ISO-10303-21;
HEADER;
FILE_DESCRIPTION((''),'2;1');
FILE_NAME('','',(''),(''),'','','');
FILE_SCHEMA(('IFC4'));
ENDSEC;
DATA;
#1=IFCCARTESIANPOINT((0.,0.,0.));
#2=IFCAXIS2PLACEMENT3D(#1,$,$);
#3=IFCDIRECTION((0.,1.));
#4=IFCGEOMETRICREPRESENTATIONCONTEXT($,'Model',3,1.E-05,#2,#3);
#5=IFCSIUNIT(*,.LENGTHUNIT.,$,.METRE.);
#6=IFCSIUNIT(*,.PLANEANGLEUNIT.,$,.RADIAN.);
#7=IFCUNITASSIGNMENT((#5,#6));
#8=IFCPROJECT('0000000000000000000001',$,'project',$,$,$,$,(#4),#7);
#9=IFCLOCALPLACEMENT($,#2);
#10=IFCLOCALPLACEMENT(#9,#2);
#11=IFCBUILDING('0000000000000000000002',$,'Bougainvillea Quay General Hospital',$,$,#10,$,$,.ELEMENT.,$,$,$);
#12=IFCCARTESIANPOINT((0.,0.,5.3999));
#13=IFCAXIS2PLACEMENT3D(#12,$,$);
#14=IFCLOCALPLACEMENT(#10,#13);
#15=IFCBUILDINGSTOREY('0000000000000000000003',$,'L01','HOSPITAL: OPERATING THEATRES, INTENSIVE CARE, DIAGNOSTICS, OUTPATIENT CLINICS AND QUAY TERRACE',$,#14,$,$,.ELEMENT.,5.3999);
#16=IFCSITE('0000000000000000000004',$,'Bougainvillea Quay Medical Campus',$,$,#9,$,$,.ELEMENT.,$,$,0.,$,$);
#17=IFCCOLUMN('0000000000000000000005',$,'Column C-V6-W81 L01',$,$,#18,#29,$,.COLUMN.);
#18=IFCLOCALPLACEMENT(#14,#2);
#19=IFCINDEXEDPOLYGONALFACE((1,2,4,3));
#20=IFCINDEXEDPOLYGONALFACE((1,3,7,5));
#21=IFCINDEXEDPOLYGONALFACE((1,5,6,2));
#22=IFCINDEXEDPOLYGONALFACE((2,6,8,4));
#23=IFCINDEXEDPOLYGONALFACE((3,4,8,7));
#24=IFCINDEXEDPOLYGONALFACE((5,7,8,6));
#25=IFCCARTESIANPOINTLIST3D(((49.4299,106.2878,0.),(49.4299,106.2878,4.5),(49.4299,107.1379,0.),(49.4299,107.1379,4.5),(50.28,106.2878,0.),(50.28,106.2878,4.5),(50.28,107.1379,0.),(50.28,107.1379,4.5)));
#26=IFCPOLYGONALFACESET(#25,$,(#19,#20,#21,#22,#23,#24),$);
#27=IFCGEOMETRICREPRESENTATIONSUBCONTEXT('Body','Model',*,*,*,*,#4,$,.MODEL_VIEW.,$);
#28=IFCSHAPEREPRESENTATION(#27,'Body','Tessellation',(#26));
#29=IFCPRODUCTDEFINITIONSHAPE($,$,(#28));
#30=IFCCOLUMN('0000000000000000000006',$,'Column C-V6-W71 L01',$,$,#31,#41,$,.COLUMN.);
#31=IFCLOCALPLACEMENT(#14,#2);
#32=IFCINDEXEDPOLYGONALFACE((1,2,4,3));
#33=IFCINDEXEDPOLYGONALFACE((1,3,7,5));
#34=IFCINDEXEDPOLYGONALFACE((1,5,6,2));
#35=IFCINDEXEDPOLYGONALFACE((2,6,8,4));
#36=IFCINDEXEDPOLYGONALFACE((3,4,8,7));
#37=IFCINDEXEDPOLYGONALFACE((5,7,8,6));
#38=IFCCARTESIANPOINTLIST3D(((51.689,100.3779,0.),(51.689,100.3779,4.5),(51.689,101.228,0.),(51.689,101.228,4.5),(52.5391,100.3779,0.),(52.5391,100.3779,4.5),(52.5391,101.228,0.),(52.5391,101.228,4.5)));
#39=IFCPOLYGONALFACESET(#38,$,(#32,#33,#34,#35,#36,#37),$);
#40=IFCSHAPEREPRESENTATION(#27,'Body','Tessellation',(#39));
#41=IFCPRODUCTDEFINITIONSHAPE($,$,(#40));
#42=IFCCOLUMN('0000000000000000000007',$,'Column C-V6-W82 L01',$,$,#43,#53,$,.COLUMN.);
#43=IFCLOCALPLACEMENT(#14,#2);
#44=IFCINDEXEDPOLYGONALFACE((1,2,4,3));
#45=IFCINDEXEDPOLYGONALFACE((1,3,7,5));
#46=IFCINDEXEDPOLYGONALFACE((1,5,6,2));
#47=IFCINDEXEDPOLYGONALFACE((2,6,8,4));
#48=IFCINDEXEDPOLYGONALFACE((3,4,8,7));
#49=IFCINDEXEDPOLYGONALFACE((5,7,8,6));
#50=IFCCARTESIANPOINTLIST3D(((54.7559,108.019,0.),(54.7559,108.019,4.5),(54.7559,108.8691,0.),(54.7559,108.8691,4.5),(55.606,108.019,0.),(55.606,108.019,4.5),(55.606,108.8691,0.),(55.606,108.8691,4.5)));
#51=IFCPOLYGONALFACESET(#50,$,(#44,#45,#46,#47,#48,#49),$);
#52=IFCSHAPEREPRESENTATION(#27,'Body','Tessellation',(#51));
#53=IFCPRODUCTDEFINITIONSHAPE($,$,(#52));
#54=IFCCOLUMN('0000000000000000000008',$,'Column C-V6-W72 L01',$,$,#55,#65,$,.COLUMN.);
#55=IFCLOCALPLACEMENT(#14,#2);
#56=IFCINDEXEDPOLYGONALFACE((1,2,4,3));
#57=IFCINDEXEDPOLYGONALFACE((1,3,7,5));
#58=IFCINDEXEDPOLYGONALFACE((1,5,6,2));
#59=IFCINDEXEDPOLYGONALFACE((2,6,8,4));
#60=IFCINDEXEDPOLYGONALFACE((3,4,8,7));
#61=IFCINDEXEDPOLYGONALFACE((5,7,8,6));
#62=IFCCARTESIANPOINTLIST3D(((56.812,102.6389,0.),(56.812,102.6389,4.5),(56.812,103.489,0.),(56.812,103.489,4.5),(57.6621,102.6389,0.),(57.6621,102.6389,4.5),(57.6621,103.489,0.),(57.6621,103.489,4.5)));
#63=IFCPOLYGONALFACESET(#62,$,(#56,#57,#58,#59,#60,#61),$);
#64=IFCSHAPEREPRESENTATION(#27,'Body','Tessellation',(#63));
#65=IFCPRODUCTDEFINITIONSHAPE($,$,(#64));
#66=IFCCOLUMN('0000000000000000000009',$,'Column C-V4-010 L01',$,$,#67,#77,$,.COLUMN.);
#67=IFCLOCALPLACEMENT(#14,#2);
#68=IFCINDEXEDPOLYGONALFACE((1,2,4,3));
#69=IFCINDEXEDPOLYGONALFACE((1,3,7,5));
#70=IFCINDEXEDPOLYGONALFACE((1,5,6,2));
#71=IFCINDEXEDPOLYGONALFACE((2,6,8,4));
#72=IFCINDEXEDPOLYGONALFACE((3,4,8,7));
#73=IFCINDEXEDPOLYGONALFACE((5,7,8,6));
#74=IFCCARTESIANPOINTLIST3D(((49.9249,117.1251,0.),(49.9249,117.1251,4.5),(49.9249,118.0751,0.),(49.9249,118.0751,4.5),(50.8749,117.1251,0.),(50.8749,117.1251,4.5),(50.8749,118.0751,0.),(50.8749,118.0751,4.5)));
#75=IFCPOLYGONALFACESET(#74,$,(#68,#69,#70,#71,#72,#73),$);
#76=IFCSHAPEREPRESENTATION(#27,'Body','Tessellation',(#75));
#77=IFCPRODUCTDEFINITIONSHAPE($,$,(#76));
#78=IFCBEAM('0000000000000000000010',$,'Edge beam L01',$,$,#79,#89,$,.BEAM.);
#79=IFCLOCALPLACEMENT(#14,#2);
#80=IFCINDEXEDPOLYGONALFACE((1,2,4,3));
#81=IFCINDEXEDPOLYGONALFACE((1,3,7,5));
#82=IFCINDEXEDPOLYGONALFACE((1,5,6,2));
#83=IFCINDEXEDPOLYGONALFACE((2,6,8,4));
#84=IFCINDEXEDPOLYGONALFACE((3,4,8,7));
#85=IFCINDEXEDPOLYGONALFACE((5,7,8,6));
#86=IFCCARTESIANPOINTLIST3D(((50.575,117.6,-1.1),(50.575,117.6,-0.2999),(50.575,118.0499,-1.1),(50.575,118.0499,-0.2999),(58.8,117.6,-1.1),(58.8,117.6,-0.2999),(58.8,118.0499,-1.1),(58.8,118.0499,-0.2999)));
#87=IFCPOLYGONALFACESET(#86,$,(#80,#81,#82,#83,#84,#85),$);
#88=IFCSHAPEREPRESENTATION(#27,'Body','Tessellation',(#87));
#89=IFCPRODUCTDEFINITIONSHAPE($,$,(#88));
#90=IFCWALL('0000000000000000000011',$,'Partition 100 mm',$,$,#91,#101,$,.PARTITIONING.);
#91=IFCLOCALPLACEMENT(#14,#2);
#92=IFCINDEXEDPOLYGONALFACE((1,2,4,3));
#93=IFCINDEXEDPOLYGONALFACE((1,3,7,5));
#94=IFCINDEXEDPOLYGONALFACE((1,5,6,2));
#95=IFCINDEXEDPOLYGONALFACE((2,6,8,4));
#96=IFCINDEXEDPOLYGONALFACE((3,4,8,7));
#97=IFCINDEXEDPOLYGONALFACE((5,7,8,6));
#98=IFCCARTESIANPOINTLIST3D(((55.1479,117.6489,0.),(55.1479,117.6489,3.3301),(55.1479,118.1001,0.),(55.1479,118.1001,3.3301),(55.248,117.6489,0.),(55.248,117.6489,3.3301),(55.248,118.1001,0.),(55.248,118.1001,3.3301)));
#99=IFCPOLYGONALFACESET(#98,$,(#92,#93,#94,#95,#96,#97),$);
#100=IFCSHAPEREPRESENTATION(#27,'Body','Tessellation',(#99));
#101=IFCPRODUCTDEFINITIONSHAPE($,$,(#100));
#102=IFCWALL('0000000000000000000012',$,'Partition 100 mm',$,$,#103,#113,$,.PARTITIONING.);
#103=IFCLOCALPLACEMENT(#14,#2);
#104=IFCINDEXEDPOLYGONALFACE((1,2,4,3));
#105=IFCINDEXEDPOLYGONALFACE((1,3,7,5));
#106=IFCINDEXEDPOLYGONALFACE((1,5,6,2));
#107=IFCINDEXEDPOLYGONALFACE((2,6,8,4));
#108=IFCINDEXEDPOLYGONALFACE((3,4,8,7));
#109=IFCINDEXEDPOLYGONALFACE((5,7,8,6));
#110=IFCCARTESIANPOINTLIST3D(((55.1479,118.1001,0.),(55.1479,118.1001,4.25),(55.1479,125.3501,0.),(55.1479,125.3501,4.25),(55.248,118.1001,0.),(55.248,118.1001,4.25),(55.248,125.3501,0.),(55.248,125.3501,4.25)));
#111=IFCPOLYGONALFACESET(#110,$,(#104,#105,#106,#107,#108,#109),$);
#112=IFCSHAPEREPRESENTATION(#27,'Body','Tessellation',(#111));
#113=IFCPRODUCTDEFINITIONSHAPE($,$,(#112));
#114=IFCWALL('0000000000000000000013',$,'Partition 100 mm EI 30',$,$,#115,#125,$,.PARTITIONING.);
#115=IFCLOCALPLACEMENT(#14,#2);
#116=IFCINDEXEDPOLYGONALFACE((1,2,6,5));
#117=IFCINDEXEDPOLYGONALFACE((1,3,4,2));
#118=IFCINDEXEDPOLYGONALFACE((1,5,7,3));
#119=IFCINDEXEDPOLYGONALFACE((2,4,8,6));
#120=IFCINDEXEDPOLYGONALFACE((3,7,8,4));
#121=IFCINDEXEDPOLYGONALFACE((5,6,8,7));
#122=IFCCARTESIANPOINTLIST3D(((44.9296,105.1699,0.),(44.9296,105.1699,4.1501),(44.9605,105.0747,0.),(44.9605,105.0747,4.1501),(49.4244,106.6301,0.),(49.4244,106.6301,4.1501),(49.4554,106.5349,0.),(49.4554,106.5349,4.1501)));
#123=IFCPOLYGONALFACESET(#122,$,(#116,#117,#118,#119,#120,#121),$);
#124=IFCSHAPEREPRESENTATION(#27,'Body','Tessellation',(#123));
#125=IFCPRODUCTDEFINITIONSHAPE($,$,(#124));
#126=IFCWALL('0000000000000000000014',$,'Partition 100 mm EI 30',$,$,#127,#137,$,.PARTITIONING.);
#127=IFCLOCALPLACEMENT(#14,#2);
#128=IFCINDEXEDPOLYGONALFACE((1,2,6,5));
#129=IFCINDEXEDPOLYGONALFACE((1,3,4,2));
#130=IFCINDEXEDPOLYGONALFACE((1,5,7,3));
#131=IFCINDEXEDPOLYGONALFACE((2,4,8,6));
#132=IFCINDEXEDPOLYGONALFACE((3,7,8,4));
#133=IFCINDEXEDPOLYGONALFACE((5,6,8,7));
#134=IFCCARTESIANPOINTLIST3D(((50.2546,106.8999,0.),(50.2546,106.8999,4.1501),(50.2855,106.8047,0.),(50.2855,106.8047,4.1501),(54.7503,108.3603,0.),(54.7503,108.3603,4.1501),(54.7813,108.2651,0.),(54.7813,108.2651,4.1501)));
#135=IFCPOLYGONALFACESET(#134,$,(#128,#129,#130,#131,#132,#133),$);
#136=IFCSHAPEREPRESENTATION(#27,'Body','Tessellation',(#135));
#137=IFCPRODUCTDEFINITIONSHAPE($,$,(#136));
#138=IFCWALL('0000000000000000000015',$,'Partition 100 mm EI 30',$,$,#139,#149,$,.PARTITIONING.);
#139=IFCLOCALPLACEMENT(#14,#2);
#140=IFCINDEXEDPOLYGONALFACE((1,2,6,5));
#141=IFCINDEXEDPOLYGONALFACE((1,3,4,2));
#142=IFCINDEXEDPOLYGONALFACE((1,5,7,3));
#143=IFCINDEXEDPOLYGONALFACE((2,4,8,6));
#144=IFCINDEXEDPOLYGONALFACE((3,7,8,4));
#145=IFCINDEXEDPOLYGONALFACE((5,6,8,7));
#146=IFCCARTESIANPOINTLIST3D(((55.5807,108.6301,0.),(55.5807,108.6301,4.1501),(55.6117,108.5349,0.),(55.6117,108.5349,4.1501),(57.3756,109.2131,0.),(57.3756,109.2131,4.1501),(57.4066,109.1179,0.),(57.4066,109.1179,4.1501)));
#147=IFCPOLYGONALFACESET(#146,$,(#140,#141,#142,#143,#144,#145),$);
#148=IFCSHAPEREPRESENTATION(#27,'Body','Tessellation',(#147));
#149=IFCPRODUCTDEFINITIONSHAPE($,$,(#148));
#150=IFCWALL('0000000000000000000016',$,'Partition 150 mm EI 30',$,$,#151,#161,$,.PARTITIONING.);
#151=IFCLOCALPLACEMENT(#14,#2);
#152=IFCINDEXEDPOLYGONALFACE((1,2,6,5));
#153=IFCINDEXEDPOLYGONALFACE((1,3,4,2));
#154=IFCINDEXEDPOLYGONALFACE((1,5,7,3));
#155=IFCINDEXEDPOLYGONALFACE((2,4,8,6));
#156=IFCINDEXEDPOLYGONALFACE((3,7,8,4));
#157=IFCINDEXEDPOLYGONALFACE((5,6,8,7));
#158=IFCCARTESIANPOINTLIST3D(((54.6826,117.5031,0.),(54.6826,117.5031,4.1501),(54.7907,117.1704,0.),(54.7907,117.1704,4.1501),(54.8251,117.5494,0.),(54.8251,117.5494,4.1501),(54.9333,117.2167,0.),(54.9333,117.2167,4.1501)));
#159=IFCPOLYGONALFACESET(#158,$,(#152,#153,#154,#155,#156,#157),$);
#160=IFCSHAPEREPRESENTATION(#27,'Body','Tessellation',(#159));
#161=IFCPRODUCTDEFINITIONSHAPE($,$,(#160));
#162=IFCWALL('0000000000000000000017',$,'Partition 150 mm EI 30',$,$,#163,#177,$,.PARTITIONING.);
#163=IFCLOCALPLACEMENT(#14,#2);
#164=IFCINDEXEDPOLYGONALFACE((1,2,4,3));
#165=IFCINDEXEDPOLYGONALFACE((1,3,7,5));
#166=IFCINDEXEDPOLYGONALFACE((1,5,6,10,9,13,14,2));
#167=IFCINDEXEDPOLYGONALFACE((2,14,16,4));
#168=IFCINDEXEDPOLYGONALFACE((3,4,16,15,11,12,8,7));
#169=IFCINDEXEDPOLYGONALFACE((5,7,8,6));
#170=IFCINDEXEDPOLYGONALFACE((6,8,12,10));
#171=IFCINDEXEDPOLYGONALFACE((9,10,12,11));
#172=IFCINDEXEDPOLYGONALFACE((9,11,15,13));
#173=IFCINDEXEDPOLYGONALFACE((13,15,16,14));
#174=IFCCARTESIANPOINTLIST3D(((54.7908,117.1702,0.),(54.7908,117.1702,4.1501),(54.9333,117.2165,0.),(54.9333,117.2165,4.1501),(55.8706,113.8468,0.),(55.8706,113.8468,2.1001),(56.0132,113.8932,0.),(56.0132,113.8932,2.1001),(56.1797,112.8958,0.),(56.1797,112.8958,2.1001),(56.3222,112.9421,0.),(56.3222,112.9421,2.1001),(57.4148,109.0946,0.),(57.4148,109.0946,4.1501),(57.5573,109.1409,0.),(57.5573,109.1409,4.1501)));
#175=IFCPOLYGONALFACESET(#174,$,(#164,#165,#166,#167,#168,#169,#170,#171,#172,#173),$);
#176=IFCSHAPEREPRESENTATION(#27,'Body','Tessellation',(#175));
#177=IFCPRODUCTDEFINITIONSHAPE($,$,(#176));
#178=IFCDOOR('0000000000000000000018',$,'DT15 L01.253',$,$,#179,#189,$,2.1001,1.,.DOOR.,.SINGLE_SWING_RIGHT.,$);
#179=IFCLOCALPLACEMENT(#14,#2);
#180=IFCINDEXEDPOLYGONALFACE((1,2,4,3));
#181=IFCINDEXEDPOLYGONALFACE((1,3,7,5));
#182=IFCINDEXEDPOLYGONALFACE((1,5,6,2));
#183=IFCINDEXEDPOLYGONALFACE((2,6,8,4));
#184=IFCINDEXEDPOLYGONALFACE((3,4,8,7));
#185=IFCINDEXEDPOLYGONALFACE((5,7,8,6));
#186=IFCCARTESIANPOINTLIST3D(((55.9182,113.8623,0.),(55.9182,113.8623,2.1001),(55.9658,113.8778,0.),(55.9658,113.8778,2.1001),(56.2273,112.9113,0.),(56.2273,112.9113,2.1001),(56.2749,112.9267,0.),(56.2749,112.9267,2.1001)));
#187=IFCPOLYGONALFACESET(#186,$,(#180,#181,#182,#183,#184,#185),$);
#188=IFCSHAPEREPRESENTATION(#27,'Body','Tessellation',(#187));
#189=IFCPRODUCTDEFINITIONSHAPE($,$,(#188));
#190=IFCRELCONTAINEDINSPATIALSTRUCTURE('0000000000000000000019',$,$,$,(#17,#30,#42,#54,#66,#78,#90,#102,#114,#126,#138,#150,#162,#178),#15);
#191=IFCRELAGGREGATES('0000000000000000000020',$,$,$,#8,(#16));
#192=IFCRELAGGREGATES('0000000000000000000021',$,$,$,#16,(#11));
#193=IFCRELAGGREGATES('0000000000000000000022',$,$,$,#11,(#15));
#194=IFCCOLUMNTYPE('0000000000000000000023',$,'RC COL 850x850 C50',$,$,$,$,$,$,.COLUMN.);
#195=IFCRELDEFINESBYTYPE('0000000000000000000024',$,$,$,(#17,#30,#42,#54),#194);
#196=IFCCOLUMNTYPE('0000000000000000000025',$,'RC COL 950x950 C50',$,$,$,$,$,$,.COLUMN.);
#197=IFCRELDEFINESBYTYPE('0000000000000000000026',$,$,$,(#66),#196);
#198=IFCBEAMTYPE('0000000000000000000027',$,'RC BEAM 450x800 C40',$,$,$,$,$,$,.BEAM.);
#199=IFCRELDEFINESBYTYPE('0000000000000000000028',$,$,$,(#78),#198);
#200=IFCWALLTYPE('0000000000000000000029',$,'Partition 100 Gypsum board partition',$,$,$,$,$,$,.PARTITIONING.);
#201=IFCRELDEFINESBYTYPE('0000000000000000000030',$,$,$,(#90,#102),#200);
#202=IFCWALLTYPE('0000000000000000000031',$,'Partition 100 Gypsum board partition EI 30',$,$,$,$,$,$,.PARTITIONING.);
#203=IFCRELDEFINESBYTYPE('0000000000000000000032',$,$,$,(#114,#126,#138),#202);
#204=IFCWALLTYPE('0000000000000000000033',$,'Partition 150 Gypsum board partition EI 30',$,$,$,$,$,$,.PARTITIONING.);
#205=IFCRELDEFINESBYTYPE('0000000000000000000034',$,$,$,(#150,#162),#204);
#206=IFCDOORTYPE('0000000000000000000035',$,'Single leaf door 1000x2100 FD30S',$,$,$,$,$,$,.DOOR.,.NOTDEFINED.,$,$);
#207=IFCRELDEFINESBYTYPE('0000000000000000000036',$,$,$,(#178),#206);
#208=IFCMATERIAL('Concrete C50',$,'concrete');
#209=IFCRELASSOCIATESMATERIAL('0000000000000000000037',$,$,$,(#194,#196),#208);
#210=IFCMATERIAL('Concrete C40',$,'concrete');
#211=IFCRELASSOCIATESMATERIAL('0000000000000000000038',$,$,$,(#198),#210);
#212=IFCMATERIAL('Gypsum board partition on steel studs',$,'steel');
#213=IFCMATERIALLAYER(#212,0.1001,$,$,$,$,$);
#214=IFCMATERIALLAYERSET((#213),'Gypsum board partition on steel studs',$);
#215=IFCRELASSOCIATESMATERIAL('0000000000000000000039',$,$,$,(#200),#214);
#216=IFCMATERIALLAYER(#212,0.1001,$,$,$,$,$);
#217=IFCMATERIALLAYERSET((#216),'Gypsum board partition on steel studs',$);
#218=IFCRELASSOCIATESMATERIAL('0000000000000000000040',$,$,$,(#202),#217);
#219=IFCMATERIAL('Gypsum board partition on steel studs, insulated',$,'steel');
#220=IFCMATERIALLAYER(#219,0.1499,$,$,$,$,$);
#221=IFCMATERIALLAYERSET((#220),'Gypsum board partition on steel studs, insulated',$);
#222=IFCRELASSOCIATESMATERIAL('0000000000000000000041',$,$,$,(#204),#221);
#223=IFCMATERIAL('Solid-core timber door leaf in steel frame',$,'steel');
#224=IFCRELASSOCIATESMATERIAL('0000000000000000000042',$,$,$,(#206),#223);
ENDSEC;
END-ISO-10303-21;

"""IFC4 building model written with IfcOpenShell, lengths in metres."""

from ifc_helpers import new_model, si_unit, direction, frame, frame_2d, origin, origin_2d, place, context, subcontext, project, spatial, rectangle, extrude, material, layer, layer_set, material_profile, profile_set, type_object, element, fill, save


model = new_model("IFC4")

# Units and contexts
model_context = context("Model", 3, precision=1e-05, world=origin(), true_north=direction((0.0, 1.0)))
body_context = subcontext(model_context, "Body", "Model", "MODEL_VIEW")
ifc_project = project(units=[si_unit("LENGTHUNIT", "METRE"), si_unit("PLANEANGLEUNIT", "RADIAN")], contexts=[model_context])

# Site, building, storey
site_placement = place(None, origin())
site = spatial("IfcSite", under=ifc_project, at=site_placement, Name="Bougainvillea Quay Medical Campus", CompositionType="ELEMENT", RefElevation=0.0)
building_placement = place(site_placement, origin())
building = spatial("IfcBuilding", under=site, at=building_placement, Name="Bougainvillea Quay General Hospital", CompositionType="ELEMENT")
storey_placement = place(building_placement, frame((0.0, 0.0, 5.3999)))
storey = spatial("IfcBuildingStorey", under=building, at=storey_placement, Name="L01", Description="HOSPITAL: OPERATING THEATRES, INTENSIVE CARE, DIAGNOSTICS, OUTPATIENT CLINICS AND QUAY TERRACE", CompositionType="ELEMENT", Elevation=5.3999)

# Columns
ifc_material_1 = material(Name="Concrete C50", Category="concrete")
ifc_material_profile_1 = material_profile(ifc_material_1, rectangle(XDim=0.8501, YDim=0.8501, at=origin_2d()))
ifc_profile_set_1 = profile_set([ifc_material_profile_1], Name="Concrete C50")
column_type_1 = type_object("IfcColumnType", Name="RC COL 850x850 C50", PredefinedType="COLUMN", material=ifc_profile_set_1)
for number, where, z_axis, x_axis, name in (
    (1, (49.855, 106.7129, 0.0), (0.0, 0.0, 1.0), (1.0, 0.0, 0.0), "Column C-V6-W81 L01"),
    (2, (52.114, 100.803, 0.0), (0.0, 0.0, 1.0), (1.0, 0.0, 0.0), "Column C-V6-W71 L01"),
    (3, (55.1809, 108.4441, 0.0), (0.0, 0.0, 1.0), (1.0, 0.0, 0.0), "Column C-V6-W82 L01"),
    (4, (57.2371, 103.064, 0.0), (0.0, 0.0, 1.0), (1.0, 0.0, 0.0), "Column C-V6-W72 L01"),
):
    element("IfcColumn", number, at=place(storey_placement, frame(where, z_axis=z_axis, x_axis=x_axis)), inside=storey, type_object=column_type_1, Name=name, PredefinedType="COLUMN", context=body_context, shape_type="SweptSolid", body=[
        extrude(rectangle(XDim=0.8501, YDim=0.8501, at=origin_2d()), origin(), (0.0, 0.0, 1.0), 4.5),
    ])
ifc_material_profile_2 = material_profile(ifc_material_1, rectangle(XDim=0.95, YDim=0.95, at=origin_2d()))
ifc_profile_set_2 = profile_set([ifc_material_profile_2], Name="Concrete C50")
column_type_2 = type_object("IfcColumnType", Name="RC COL 950x950 C50", PredefinedType="COLUMN", material=ifc_profile_set_2)
column_placement = place(storey_placement, frame((50.3999, 117.6001, 0.0), z_axis=(0.0, 0.0, 1.0), x_axis=(1.0, 0.0, 0.0)))
element("IfcColumn", 5, at=column_placement, inside=storey, type_object=column_type_2, Name="Column C-V4-010 L01", PredefinedType="COLUMN", context=body_context, shape_type="SweptSolid", body=[
    extrude(rectangle(XDim=0.95, YDim=0.95, at=origin_2d()), origin(), (0.0, 0.0, 1.0), 4.5),
])

# Beam
ifc_material_2 = material(Name="Concrete C40", Category="concrete")
ifc_material_profile_3 = material_profile(ifc_material_2, rectangle(XDim=0.45, YDim=0.8, at=origin_2d()))
ifc_profile_set_3 = profile_set([ifc_material_profile_3], Name="Concrete C40")
beam_type = type_object("IfcBeamType", Name="RC BEAM 450x800 C40", PredefinedType="BEAM", material=ifc_profile_set_3)
beam_placement = place(storey_placement, frame((50.575, 117.825, -0.7), z_axis=(1.0, 0.0, 0.0), x_axis=(0.0, 1.0, 0.0)))
element("IfcBeam", 6, at=beam_placement, inside=storey, type_object=beam_type, Name="Edge beam L01", PredefinedType="BEAM", context=body_context, shape_type="SweptSolid", body=[
    extrude(rectangle(XDim=0.45, YDim=0.8, at=origin_2d()), origin(), (0.0, 0.0, 1.0), 8.2251),
])

# Walls
ifc_material_3 = material(Name="Gypsum board partition on steel studs", Category="steel")
ifc_layer_1 = layer(ifc_material_3, 0.1001)
ifc_layer_set_1 = layer_set([ifc_layer_1], Name="Gypsum board partition on steel studs")
wall_type_1 = type_object("IfcWallType", Name="Partition 100 Gypsum board partition", PredefinedType="PARTITIONING", material=ifc_layer_set_1)
wall_1_placement = place(storey_placement, frame((55.198, 117.6489, 0.0), z_axis=(0.0, 0.0, 1.0), x_axis=(0.0, 1.0, 0.0)))
element("IfcWall", 7, at=wall_1_placement, inside=storey, type_object=wall_type_1, Name="Partition 100 mm", PredefinedType="PARTITIONING", context=body_context, shape_type="SweptSolid", body=[
    extrude(rectangle(XDim=0.4512, YDim=0.1001, at=frame_2d((0.2256, 0.0))), origin(), (0.0, 0.0, 1.0), 3.3301),
])
wall_2_placement = place(storey_placement, frame((55.198, 118.1001, 0.0), z_axis=(0.0, 0.0, 1.0), x_axis=(0.0, 1.0, 0.0)))
element("IfcWall", 8, at=wall_2_placement, inside=storey, type_object=wall_type_1, Name="Partition 100 mm", PredefinedType="PARTITIONING", context=body_context, shape_type="SweptSolid", body=[
    extrude(rectangle(XDim=7.25, YDim=0.1001, at=frame_2d((3.625, 0.0))), origin(), (0.0, 0.0, 1.0), 4.25),
])
ifc_layer_2 = layer(ifc_material_3, 0.1001)
ifc_layer_set_2 = layer_set([ifc_layer_2], Name="Gypsum board partition on steel studs")
wall_type_2 = type_object("IfcWallType", Name="Partition 100 Gypsum board partition EI 30", PredefinedType="PARTITIONING", material=ifc_layer_set_2)
wall_3_placement = place(storey_placement, frame((44.9451, 105.1223, 0.0), z_axis=(0.0, 0.0, 1.0), x_axis=(0.951073, 0.308966, 0.0)))
element("IfcWall", 9, at=wall_3_placement, inside=storey, type_object=wall_type_2, Name="Partition 100 mm EI 30", PredefinedType="PARTITIONING", context=body_context, shape_type="SweptSolid", body=[
    extrude(rectangle(XDim=4.7261, YDim=0.1001, at=frame_2d((2.363, 0.0))), origin(), (0.0, 0.0, 1.0), 4.1501),
])
wall_4_placement = place(storey_placement, frame((50.27, 106.8523, 0.0), z_axis=(0.0, 0.0, 1.0), x_axis=(0.951078, 0.308952, 0.0)))
element("IfcWall", 10, at=wall_4_placement, inside=storey, type_object=wall_type_2, Name="Partition 100 mm EI 30", PredefinedType="PARTITIONING", context=body_context, shape_type="SweptSolid", body=[
    extrude(rectangle(XDim=4.7271, YDim=0.1001, at=frame_2d((2.3635, 0.0))), origin(), (0.0, 0.0, 1.0), 4.1501),
])
wall_5_placement = place(storey_placement, frame((55.5962, 108.5825, 0.0), z_axis=(0.0, 0.0, 1.0), x_axis=(0.951087, 0.308922, 0.0)))
element("IfcWall", 11, at=wall_5_placement, inside=storey, type_object=wall_type_2, Name="Partition 100 mm EI 30", PredefinedType="PARTITIONING", context=body_context, shape_type="SweptSolid", body=[
    extrude(rectangle(XDim=1.8872, YDim=0.1001, at=frame_2d((0.9436, 0.0))), origin(), (0.0, 0.0, 1.0), 4.1501),
])
ifc_material_4 = material(Name="Gypsum board partition on steel studs, insulated", Category="steel")
ifc_layer_3 = layer(ifc_material_4, 0.1499)
ifc_layer_set_3 = layer_set([ifc_layer_3], Name="Gypsum board partition on steel studs, insulated")
wall_type_3 = type_object("IfcWallType", Name="Partition 150 Gypsum board partition EI 30", PredefinedType="PARTITIONING", material=ifc_layer_set_3)
wall_6_placement = place(storey_placement, frame((54.7539, 117.5261, 0.0), z_axis=(0.0, 0.0, 1.0), x_axis=(0.309102, -0.951029, 0.0)))
element("IfcWall", 12, at=wall_6_placement, inside=storey, type_object=wall_type_3, Name="Partition 150 mm EI 30", PredefinedType="PARTITIONING", context=body_context, shape_type="SweptSolid", body=[
    extrude(rectangle(XDim=0.3499, YDim=0.1499, at=frame_2d((0.1748, 0.0))), origin(), (0.0, 0.0, 1.0), 4.1501),
])

# Wall, opening, door
wall_7_placement = place(storey_placement, frame((54.8621, 117.1934, 0.0), z_axis=(0.0, 0.0, 1.0), x_axis=(0.309025, -0.951054, 0.0)))
wall_7 = element("IfcWall", 13, at=wall_7_placement, inside=storey, type_object=wall_type_3, Name="Partition 150 mm EI 30", PredefinedType="PARTITIONING", context=body_context, shape_type="SweptSolid", body=[
    extrude(rectangle(XDim=8.4912, YDim=0.1499, at=frame_2d((4.2456, 0.0))), origin(), (0.0, 0.0, 1.0), 4.1501),
])
opening_1_placement = place(wall_7_placement, frame((3.4944, 0.0, 0.0)))
opening_1 = element("IfcOpeningElement", 14, at=opening_1_placement, cuts=wall_7, PredefinedType="OPENING", context=body_context, shape_type="SweptSolid", body=[
    extrude(rectangle(XDim=1.0, YDim=2.1001, at=frame_2d((0.5, 1.05))), frame((0.0, 0.085, 0.0), z_axis=(0.0, -1.0, 0.0), x_axis=(1.0, 0.0, 0.0)), (0.0, 0.0, 1.0), 0.1699),
])
ifc_material_5 = material(Name="Solid-core timber door leaf in steel frame", Category="steel")
door_type_1 = type_object("IfcDoorType", Name="Single leaf door 1000x2100 FD30S", OperationType="NOTDEFINED", PredefinedType="DOOR", material=ifc_material_5)
door_1_placement = place(opening_1_placement, frame((1.0, 0.0, 0.0), z_axis=(0.0, 0.0, 1.0), x_axis=(-1.0, 0.0, 0.0)))
door_1 = element("IfcDoor", 15, at=door_1_placement, inside=storey, type_object=door_type_1, Name="DT15 L01.253", OperationType="SINGLE_SWING_RIGHT", OverallHeight=2.1001, OverallWidth=1.0, PredefinedType="DOOR", context=body_context, shape_type="SweptSolid", body=[
    extrude(rectangle(XDim=1.0, YDim=2.1001, at=frame_2d((0.5, 1.05))), frame((0.0, 0.0249, 0.0), z_axis=(0.0, -1.0, 0.0), x_axis=(1.0, 0.0, 0.0)), (0.0, 0.0, 1.0), 0.05),
])
fill(opening_1, door_1)

save(model, "model.ifc")
